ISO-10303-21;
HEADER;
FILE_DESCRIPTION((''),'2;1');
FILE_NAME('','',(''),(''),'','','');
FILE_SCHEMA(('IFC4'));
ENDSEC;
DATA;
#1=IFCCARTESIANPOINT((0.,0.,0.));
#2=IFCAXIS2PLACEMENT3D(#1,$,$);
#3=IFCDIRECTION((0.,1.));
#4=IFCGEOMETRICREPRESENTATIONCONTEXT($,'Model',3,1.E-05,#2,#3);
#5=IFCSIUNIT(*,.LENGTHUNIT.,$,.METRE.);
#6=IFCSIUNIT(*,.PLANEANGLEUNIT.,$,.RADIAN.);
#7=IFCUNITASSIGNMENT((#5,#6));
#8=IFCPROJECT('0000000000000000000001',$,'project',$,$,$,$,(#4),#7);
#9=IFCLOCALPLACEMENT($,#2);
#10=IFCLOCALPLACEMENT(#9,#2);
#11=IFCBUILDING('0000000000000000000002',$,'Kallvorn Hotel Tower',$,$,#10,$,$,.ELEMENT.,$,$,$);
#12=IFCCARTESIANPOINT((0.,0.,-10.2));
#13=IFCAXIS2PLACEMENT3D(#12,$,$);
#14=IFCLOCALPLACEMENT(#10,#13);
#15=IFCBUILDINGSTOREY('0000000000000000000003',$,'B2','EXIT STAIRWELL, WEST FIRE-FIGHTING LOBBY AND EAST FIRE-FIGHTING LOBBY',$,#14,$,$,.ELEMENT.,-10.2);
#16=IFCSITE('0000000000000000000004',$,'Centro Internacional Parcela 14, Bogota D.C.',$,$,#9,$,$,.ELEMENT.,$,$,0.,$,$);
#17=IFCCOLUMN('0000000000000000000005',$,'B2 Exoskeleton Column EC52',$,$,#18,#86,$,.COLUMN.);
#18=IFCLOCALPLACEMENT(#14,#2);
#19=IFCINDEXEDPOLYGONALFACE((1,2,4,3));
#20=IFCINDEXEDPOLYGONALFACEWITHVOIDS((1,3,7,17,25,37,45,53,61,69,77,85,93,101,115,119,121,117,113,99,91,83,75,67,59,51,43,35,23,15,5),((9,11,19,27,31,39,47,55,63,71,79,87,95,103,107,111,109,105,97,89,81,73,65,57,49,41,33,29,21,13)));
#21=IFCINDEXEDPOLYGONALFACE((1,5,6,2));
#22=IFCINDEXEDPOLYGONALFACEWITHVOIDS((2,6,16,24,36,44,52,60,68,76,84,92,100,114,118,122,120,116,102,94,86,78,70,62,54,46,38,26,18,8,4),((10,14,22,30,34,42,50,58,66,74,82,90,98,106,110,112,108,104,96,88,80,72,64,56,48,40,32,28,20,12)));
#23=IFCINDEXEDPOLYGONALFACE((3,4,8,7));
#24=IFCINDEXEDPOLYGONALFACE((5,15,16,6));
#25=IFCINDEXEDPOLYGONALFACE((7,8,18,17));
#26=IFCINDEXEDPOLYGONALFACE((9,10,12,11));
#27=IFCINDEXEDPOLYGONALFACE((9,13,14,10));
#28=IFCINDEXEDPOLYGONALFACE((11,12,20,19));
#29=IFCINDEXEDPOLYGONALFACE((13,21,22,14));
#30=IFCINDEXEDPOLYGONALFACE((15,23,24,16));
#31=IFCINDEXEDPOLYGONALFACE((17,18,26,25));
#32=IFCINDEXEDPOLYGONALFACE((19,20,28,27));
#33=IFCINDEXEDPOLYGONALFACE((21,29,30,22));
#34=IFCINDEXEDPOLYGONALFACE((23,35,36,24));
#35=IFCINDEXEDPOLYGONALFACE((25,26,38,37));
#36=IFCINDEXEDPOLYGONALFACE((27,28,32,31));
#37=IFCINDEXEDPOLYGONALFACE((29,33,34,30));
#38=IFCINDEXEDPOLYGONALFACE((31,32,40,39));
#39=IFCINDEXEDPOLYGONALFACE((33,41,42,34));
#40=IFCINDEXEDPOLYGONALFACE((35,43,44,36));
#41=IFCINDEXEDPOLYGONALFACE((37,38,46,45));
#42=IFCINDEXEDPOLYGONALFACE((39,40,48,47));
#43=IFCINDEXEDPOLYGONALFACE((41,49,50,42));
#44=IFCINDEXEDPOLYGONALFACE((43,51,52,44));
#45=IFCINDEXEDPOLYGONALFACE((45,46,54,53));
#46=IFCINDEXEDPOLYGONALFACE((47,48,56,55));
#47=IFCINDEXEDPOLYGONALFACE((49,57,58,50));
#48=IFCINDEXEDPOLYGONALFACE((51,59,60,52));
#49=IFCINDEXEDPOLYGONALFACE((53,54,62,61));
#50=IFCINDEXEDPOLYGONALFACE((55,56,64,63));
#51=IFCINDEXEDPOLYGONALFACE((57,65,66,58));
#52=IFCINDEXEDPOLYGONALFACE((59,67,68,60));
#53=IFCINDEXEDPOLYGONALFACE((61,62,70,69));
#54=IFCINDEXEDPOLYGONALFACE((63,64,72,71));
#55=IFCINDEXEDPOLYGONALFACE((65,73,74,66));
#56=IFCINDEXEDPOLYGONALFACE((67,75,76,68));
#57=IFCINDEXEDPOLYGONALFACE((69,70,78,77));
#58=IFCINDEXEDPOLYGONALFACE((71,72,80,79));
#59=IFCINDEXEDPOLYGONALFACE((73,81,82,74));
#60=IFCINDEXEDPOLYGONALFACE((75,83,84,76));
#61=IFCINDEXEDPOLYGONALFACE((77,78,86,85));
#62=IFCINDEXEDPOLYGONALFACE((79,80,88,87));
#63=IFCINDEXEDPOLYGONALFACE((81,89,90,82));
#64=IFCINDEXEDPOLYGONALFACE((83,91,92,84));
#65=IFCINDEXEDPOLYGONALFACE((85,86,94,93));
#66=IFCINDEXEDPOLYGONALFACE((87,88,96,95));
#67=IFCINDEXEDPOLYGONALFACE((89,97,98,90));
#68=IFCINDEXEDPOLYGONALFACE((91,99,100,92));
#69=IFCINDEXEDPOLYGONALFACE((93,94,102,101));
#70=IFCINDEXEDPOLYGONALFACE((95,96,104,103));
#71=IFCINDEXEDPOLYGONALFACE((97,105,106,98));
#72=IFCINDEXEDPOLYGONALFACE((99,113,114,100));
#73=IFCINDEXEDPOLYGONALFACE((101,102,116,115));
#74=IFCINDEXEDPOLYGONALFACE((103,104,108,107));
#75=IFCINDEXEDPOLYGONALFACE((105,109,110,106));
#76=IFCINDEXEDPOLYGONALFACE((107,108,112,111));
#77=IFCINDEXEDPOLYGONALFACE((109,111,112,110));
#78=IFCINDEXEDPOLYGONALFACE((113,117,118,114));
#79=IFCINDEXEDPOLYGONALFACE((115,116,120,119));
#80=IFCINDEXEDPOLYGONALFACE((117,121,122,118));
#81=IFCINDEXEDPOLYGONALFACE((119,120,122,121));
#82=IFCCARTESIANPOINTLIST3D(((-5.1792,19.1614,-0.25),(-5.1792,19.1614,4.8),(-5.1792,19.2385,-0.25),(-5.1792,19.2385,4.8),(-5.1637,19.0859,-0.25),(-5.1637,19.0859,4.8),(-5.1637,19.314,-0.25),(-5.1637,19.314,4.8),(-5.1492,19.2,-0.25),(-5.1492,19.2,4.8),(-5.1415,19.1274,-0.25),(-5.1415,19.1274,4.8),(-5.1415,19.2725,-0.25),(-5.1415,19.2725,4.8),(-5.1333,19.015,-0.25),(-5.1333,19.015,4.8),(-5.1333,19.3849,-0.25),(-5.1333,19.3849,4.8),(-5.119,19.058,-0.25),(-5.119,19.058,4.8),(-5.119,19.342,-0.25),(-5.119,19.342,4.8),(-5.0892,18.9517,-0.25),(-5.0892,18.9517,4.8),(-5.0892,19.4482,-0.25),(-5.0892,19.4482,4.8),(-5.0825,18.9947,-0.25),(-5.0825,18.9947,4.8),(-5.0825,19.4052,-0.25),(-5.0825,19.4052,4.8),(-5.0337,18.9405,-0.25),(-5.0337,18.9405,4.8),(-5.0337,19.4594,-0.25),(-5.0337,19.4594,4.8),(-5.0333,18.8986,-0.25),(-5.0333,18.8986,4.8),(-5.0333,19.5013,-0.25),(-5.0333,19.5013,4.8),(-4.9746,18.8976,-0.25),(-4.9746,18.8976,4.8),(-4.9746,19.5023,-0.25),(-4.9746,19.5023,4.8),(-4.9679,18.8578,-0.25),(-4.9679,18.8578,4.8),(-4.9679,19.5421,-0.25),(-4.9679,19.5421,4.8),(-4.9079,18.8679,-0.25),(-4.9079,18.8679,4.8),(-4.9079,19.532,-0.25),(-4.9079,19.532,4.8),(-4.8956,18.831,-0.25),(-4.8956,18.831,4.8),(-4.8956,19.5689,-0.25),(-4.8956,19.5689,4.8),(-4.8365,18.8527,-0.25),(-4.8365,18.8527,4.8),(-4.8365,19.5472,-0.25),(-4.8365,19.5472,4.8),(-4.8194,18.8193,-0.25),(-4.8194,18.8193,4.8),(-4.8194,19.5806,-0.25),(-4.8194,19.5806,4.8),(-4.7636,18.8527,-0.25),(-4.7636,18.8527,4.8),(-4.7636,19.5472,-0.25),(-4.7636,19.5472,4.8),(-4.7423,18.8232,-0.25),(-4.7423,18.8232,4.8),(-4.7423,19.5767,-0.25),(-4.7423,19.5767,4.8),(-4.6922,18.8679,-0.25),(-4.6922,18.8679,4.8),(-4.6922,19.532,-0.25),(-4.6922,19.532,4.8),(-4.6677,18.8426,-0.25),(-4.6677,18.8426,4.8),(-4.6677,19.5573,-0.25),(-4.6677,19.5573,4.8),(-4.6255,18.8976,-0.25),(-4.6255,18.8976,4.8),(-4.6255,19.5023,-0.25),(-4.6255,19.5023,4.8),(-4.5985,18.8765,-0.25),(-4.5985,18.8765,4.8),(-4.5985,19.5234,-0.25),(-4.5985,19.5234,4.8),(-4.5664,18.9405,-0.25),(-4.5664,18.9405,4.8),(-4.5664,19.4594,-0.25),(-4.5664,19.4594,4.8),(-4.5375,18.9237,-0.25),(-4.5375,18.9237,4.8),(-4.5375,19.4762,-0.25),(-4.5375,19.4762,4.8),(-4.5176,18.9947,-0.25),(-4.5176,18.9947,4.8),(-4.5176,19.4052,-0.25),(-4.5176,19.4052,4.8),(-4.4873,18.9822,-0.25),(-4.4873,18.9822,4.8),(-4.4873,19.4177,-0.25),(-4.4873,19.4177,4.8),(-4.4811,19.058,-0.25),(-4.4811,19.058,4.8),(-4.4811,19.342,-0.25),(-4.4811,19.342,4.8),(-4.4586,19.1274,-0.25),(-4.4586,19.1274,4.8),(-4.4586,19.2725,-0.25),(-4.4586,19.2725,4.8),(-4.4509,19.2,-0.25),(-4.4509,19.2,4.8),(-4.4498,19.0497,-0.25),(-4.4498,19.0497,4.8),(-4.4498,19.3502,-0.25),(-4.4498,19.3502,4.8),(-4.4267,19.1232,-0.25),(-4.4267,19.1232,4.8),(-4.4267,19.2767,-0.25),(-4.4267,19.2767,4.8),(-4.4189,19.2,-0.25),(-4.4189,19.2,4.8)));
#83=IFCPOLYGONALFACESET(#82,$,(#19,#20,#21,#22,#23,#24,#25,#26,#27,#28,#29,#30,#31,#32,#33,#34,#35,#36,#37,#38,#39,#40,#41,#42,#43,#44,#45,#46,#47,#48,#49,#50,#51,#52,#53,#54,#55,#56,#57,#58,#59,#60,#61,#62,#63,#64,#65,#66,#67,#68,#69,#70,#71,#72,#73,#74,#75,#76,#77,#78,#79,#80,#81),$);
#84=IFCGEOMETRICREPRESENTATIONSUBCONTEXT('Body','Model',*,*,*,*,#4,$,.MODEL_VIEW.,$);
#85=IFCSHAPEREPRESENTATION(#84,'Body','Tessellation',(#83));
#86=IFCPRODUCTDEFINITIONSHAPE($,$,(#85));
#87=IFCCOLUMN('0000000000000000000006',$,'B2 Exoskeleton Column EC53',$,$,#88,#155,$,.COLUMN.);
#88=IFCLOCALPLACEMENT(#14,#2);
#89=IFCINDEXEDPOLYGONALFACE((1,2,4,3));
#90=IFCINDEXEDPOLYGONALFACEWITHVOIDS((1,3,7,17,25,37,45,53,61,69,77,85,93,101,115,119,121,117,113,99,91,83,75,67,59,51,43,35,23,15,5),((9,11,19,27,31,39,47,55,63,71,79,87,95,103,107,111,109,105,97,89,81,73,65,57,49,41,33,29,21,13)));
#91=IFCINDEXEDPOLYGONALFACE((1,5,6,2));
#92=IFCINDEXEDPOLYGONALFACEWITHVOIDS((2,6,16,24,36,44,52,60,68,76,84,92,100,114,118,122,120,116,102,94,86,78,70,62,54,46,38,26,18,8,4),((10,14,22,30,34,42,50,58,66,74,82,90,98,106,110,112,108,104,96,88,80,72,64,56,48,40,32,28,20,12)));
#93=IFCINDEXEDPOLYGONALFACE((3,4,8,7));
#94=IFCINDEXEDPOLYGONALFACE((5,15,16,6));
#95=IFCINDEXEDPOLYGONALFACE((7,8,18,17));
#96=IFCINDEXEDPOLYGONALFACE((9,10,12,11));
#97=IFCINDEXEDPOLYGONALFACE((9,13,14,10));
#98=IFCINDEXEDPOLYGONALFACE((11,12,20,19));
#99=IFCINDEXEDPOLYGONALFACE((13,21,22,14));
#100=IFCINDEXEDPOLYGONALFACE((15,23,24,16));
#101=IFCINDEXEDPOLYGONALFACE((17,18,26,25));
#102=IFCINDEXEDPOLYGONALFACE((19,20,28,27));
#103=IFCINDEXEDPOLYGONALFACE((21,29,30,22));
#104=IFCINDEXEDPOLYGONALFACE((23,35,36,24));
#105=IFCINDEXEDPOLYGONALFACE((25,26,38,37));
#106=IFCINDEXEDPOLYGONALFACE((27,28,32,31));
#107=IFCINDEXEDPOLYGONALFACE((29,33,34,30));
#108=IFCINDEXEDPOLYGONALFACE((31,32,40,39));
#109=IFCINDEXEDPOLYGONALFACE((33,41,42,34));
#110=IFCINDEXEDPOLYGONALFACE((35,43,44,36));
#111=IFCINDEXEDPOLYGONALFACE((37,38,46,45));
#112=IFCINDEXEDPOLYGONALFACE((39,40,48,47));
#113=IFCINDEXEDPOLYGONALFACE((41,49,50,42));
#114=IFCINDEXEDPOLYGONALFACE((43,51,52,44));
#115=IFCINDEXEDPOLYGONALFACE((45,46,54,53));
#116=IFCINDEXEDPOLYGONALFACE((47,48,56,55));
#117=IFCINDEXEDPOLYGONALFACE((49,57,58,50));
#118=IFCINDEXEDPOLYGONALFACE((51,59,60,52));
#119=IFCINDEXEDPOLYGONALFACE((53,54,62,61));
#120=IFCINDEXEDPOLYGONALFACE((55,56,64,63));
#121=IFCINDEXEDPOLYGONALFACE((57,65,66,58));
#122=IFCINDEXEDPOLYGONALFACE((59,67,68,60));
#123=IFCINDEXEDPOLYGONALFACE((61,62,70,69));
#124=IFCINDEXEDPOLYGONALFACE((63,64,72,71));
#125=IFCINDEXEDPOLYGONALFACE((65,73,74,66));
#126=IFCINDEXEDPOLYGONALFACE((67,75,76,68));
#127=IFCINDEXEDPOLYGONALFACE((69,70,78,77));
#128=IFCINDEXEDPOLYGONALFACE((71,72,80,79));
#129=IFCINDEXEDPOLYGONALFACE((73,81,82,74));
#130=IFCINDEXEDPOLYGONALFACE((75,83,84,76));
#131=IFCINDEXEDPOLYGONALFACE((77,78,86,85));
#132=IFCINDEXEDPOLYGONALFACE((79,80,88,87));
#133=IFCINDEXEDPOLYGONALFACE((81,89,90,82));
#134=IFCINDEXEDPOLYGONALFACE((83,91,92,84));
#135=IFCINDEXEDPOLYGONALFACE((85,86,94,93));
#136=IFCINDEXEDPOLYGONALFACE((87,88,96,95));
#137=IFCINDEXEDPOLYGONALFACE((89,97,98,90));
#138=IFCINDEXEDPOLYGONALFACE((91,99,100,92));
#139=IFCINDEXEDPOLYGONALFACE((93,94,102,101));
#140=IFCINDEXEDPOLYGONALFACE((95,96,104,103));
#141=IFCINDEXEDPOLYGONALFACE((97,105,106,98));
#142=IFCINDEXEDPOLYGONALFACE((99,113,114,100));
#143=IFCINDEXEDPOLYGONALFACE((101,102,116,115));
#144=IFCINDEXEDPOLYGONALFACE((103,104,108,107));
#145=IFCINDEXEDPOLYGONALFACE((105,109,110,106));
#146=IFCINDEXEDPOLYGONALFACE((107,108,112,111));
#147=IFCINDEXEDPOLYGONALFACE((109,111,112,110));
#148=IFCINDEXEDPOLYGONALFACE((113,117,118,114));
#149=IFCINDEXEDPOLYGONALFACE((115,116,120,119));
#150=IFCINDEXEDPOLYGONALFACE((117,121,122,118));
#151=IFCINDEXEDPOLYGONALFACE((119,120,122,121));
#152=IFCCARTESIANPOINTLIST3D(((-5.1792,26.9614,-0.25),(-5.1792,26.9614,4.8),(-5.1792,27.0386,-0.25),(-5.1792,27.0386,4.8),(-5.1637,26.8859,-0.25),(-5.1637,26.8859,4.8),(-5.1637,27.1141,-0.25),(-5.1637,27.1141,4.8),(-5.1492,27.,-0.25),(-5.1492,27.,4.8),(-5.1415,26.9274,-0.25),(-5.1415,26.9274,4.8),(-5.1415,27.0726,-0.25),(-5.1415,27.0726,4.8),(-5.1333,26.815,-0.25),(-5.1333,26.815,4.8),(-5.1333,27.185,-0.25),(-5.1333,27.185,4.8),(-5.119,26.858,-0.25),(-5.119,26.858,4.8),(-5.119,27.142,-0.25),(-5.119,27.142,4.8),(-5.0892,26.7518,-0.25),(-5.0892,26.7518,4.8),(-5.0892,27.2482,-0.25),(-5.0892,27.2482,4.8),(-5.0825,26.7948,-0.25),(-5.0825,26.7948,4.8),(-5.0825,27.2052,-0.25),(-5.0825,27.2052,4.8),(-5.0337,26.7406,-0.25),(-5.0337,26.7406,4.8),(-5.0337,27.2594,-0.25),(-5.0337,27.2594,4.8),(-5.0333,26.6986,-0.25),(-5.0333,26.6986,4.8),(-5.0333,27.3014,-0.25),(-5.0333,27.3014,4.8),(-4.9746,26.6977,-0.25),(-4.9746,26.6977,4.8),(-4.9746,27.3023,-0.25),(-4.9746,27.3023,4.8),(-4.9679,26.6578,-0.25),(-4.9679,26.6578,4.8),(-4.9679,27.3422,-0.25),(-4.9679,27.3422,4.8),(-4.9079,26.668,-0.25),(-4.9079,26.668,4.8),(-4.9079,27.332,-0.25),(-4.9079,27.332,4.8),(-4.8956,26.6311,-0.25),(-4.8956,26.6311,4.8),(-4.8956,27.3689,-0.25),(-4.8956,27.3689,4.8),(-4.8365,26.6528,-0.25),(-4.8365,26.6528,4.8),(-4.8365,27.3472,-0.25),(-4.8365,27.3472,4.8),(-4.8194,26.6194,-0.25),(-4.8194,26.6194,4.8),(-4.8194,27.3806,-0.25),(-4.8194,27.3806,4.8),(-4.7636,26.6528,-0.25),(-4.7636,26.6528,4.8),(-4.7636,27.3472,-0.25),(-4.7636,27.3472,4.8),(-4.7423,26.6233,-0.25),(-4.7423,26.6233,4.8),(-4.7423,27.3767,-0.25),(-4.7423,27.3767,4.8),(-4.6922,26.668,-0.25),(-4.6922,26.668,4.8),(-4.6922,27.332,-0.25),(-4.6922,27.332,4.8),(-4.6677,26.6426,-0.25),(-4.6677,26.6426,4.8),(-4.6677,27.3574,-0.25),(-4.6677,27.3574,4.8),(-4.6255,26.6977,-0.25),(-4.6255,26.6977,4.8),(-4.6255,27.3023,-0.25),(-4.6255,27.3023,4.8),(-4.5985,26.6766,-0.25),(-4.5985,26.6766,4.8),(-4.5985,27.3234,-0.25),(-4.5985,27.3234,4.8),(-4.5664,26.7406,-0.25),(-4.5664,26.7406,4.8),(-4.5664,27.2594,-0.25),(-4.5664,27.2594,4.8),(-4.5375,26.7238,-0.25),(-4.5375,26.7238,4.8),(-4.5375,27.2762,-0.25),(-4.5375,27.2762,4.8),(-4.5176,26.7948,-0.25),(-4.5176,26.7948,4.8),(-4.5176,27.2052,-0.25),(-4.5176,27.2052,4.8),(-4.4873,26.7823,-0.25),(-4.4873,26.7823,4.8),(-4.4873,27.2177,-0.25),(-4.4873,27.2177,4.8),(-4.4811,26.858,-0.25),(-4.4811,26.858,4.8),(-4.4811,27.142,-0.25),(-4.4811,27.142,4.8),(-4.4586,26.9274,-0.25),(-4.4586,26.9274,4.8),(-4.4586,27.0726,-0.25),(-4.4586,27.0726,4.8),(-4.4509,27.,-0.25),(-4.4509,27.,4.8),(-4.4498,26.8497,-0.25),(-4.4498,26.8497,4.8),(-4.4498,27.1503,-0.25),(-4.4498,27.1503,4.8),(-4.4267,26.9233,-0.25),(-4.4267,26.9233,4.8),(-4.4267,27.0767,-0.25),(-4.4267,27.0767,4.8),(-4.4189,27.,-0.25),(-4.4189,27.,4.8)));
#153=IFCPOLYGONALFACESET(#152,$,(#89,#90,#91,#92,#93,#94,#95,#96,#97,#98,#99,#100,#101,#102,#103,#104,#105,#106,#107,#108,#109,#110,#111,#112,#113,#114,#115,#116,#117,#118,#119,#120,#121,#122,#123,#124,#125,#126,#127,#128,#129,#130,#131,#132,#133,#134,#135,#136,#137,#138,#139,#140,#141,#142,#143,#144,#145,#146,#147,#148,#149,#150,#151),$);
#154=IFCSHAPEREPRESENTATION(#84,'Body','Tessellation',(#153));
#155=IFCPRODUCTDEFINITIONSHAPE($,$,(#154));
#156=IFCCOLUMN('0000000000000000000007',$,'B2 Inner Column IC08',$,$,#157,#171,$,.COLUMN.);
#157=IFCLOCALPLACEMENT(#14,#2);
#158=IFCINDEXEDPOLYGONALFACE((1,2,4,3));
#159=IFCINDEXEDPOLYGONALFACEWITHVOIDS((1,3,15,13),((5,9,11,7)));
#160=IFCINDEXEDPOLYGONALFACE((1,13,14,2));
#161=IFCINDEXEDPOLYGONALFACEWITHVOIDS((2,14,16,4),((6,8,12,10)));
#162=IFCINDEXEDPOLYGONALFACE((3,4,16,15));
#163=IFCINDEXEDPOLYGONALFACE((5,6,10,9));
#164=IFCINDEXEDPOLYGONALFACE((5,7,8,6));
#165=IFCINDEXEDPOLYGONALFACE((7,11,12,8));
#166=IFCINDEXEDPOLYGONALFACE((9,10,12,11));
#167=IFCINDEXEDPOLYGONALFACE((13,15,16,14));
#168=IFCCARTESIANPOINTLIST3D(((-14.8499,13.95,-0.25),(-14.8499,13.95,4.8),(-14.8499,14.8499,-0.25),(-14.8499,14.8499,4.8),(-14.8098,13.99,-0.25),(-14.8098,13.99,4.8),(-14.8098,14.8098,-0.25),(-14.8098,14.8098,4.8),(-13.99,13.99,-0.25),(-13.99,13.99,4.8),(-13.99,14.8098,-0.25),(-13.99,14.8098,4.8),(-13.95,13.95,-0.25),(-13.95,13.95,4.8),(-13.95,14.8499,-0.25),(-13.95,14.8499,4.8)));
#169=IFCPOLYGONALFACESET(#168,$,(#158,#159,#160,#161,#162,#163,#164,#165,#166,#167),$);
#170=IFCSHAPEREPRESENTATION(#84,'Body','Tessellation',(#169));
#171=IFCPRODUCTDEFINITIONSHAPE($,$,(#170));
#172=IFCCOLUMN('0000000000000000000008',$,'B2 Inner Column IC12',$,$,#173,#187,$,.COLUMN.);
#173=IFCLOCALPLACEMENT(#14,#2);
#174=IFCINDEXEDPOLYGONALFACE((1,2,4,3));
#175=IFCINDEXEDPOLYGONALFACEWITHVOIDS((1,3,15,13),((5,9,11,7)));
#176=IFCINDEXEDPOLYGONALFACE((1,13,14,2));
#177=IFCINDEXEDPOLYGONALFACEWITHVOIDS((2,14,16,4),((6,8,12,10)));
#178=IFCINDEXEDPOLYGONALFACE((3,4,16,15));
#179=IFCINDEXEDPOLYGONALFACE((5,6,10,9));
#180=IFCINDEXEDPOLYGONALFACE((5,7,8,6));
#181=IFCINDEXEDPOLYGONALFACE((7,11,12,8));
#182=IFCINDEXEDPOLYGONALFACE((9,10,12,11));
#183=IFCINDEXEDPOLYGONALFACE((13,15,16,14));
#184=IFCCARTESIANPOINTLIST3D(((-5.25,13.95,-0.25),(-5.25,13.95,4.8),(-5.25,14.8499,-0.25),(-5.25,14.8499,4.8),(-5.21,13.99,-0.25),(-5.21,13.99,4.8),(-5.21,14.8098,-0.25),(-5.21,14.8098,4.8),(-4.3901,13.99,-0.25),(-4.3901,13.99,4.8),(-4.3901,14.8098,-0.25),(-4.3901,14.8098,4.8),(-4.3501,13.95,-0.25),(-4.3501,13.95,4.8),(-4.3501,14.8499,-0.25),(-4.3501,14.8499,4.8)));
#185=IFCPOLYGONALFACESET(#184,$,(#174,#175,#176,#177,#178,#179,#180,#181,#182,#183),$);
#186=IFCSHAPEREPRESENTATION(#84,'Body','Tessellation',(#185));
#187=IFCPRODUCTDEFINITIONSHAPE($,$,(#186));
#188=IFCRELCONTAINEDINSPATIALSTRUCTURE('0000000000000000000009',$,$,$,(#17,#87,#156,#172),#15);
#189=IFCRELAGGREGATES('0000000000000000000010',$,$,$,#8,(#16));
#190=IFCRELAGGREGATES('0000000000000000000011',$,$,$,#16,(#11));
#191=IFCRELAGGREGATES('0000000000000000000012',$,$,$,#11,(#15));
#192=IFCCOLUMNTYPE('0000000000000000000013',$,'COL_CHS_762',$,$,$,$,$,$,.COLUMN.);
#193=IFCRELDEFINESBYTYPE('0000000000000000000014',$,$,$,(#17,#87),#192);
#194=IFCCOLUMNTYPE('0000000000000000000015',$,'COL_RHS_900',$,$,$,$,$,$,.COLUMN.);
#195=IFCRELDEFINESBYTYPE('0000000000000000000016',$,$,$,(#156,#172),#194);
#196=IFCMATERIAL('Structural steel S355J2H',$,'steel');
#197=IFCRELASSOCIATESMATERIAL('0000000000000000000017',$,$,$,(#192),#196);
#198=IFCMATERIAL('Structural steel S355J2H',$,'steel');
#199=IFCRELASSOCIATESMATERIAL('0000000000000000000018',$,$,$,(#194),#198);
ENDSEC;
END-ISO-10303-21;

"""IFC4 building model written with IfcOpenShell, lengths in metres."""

from ifc_helpers import new_model, si_unit, direction, frame, origin, origin_2d, place, context, subcontext, project, spatial, hollow_rectangle, hollow_circle, extrude, material, material_profile, profile_set, type_object, element, save


model = new_model("IFC4")

# Units and contexts
model_context = context("Model", 3, precision=1e-05, world=origin(), true_north=direction((0.0, 1.0)))
body_context = subcontext(model_context, "Body", "Model", "MODEL_VIEW")
ifc_project = project(units=[si_unit("LENGTHUNIT", "METRE"), si_unit("PLANEANGLEUNIT", "RADIAN")], contexts=[model_context])

# Site, building, storey
site_placement = place(None, origin())
site = spatial("IfcSite", under=ifc_project, at=site_placement, Name="Centro Internacional Parcela 14, Bogota D.C.", CompositionType="ELEMENT", RefElevation=0.0)
building_placement = place(site_placement, origin())
building = spatial("IfcBuilding", under=site, at=building_placement, Name="Kallvorn Hotel Tower", CompositionType="ELEMENT")
storey_placement = place(building_placement, frame((0.0, 0.0, -10.2)))
storey = spatial("IfcBuildingStorey", under=building, at=storey_placement, Name="B2", Description="EXIT STAIRWELL, WEST FIRE-FIGHTING LOBBY AND EAST FIRE-FIGHTING LOBBY", CompositionType="ELEMENT", Elevation=-10.2)

# Columns
ifc_material_1 = material(Name="Structural steel S355J2H", Category="steel")
ifc_material_profile_1 = material_profile(ifc_material_1, hollow_circle(Radius=0.3811, WallThickness=0.032, at=origin_2d()), Name="CHS 762x32")
ifc_profile_set_1 = profile_set([ifc_material_profile_1], Name="Structural steel S355J2H")
column_type_1 = type_object("IfcColumnType", Name="COL_CHS_762", PredefinedType="COLUMN", material=ifc_profile_set_1)
for number, where, z_axis, x_axis, name in (
    (1, (-4.8, 19.2, -0.25), (0.0, 0.0, 1.0), (1.0, 0.0, 0.0), "B2 Exoskeleton Column EC52"),
    (2, (-4.8, 27.0, -0.25), (0.0, 0.0, 1.0), (1.0, 0.0, 0.0), "B2 Exoskeleton Column EC53"),
):
    element("IfcColumn", number, at=place(storey_placement, frame(where, z_axis=z_axis, x_axis=x_axis)), inside=storey, type_object=column_type_1, Name=name, PredefinedType="COLUMN", context=body_context, shape_type="SweptSolid", body=[
        extrude(hollow_circle(Radius=0.3811, WallThickness=0.032, at=origin_2d()), origin(), (0.0, 0.0, 1.0), 5.05),
    ])
ifc_material_2 = material(Name="Structural steel S355J2H", Category="steel")
ifc_material_profile_2 = material_profile(ifc_material_2, hollow_rectangle(XDim=0.8999, YDim=0.8999, WallThickness=0.04, at=origin_2d()), Name="RHS 900x900x40")
ifc_profile_set_2 = profile_set([ifc_material_profile_2], Name="Structural steel S355J2H")
column_type_2 = type_object("IfcColumnType", Name="COL_RHS_900", PredefinedType="COLUMN", material=ifc_profile_set_2)
for number, where, z_axis, x_axis, name in (
    (3, (-14.3999, 14.3999, -0.25), (0.0, 0.0, 1.0), (1.0, 0.0, 0.0), "B2 Inner Column IC08"),
    (4, (-4.8, 14.3999, -0.25), (0.0, 0.0, 1.0), (1.0, 0.0, 0.0), "B2 Inner Column IC12"),
):
    element("IfcColumn", number, at=place(storey_placement, frame(where, z_axis=z_axis, x_axis=x_axis)), inside=storey, type_object=column_type_2, Name=name, PredefinedType="COLUMN", context=body_context, shape_type="SweptSolid", body=[
        extrude(hollow_rectangle(XDim=0.8999, YDim=0.8999, WallThickness=0.04, at=origin_2d()), origin(), (0.0, 0.0, 1.0), 5.05),
    ])

save(model, "model.ifc")
